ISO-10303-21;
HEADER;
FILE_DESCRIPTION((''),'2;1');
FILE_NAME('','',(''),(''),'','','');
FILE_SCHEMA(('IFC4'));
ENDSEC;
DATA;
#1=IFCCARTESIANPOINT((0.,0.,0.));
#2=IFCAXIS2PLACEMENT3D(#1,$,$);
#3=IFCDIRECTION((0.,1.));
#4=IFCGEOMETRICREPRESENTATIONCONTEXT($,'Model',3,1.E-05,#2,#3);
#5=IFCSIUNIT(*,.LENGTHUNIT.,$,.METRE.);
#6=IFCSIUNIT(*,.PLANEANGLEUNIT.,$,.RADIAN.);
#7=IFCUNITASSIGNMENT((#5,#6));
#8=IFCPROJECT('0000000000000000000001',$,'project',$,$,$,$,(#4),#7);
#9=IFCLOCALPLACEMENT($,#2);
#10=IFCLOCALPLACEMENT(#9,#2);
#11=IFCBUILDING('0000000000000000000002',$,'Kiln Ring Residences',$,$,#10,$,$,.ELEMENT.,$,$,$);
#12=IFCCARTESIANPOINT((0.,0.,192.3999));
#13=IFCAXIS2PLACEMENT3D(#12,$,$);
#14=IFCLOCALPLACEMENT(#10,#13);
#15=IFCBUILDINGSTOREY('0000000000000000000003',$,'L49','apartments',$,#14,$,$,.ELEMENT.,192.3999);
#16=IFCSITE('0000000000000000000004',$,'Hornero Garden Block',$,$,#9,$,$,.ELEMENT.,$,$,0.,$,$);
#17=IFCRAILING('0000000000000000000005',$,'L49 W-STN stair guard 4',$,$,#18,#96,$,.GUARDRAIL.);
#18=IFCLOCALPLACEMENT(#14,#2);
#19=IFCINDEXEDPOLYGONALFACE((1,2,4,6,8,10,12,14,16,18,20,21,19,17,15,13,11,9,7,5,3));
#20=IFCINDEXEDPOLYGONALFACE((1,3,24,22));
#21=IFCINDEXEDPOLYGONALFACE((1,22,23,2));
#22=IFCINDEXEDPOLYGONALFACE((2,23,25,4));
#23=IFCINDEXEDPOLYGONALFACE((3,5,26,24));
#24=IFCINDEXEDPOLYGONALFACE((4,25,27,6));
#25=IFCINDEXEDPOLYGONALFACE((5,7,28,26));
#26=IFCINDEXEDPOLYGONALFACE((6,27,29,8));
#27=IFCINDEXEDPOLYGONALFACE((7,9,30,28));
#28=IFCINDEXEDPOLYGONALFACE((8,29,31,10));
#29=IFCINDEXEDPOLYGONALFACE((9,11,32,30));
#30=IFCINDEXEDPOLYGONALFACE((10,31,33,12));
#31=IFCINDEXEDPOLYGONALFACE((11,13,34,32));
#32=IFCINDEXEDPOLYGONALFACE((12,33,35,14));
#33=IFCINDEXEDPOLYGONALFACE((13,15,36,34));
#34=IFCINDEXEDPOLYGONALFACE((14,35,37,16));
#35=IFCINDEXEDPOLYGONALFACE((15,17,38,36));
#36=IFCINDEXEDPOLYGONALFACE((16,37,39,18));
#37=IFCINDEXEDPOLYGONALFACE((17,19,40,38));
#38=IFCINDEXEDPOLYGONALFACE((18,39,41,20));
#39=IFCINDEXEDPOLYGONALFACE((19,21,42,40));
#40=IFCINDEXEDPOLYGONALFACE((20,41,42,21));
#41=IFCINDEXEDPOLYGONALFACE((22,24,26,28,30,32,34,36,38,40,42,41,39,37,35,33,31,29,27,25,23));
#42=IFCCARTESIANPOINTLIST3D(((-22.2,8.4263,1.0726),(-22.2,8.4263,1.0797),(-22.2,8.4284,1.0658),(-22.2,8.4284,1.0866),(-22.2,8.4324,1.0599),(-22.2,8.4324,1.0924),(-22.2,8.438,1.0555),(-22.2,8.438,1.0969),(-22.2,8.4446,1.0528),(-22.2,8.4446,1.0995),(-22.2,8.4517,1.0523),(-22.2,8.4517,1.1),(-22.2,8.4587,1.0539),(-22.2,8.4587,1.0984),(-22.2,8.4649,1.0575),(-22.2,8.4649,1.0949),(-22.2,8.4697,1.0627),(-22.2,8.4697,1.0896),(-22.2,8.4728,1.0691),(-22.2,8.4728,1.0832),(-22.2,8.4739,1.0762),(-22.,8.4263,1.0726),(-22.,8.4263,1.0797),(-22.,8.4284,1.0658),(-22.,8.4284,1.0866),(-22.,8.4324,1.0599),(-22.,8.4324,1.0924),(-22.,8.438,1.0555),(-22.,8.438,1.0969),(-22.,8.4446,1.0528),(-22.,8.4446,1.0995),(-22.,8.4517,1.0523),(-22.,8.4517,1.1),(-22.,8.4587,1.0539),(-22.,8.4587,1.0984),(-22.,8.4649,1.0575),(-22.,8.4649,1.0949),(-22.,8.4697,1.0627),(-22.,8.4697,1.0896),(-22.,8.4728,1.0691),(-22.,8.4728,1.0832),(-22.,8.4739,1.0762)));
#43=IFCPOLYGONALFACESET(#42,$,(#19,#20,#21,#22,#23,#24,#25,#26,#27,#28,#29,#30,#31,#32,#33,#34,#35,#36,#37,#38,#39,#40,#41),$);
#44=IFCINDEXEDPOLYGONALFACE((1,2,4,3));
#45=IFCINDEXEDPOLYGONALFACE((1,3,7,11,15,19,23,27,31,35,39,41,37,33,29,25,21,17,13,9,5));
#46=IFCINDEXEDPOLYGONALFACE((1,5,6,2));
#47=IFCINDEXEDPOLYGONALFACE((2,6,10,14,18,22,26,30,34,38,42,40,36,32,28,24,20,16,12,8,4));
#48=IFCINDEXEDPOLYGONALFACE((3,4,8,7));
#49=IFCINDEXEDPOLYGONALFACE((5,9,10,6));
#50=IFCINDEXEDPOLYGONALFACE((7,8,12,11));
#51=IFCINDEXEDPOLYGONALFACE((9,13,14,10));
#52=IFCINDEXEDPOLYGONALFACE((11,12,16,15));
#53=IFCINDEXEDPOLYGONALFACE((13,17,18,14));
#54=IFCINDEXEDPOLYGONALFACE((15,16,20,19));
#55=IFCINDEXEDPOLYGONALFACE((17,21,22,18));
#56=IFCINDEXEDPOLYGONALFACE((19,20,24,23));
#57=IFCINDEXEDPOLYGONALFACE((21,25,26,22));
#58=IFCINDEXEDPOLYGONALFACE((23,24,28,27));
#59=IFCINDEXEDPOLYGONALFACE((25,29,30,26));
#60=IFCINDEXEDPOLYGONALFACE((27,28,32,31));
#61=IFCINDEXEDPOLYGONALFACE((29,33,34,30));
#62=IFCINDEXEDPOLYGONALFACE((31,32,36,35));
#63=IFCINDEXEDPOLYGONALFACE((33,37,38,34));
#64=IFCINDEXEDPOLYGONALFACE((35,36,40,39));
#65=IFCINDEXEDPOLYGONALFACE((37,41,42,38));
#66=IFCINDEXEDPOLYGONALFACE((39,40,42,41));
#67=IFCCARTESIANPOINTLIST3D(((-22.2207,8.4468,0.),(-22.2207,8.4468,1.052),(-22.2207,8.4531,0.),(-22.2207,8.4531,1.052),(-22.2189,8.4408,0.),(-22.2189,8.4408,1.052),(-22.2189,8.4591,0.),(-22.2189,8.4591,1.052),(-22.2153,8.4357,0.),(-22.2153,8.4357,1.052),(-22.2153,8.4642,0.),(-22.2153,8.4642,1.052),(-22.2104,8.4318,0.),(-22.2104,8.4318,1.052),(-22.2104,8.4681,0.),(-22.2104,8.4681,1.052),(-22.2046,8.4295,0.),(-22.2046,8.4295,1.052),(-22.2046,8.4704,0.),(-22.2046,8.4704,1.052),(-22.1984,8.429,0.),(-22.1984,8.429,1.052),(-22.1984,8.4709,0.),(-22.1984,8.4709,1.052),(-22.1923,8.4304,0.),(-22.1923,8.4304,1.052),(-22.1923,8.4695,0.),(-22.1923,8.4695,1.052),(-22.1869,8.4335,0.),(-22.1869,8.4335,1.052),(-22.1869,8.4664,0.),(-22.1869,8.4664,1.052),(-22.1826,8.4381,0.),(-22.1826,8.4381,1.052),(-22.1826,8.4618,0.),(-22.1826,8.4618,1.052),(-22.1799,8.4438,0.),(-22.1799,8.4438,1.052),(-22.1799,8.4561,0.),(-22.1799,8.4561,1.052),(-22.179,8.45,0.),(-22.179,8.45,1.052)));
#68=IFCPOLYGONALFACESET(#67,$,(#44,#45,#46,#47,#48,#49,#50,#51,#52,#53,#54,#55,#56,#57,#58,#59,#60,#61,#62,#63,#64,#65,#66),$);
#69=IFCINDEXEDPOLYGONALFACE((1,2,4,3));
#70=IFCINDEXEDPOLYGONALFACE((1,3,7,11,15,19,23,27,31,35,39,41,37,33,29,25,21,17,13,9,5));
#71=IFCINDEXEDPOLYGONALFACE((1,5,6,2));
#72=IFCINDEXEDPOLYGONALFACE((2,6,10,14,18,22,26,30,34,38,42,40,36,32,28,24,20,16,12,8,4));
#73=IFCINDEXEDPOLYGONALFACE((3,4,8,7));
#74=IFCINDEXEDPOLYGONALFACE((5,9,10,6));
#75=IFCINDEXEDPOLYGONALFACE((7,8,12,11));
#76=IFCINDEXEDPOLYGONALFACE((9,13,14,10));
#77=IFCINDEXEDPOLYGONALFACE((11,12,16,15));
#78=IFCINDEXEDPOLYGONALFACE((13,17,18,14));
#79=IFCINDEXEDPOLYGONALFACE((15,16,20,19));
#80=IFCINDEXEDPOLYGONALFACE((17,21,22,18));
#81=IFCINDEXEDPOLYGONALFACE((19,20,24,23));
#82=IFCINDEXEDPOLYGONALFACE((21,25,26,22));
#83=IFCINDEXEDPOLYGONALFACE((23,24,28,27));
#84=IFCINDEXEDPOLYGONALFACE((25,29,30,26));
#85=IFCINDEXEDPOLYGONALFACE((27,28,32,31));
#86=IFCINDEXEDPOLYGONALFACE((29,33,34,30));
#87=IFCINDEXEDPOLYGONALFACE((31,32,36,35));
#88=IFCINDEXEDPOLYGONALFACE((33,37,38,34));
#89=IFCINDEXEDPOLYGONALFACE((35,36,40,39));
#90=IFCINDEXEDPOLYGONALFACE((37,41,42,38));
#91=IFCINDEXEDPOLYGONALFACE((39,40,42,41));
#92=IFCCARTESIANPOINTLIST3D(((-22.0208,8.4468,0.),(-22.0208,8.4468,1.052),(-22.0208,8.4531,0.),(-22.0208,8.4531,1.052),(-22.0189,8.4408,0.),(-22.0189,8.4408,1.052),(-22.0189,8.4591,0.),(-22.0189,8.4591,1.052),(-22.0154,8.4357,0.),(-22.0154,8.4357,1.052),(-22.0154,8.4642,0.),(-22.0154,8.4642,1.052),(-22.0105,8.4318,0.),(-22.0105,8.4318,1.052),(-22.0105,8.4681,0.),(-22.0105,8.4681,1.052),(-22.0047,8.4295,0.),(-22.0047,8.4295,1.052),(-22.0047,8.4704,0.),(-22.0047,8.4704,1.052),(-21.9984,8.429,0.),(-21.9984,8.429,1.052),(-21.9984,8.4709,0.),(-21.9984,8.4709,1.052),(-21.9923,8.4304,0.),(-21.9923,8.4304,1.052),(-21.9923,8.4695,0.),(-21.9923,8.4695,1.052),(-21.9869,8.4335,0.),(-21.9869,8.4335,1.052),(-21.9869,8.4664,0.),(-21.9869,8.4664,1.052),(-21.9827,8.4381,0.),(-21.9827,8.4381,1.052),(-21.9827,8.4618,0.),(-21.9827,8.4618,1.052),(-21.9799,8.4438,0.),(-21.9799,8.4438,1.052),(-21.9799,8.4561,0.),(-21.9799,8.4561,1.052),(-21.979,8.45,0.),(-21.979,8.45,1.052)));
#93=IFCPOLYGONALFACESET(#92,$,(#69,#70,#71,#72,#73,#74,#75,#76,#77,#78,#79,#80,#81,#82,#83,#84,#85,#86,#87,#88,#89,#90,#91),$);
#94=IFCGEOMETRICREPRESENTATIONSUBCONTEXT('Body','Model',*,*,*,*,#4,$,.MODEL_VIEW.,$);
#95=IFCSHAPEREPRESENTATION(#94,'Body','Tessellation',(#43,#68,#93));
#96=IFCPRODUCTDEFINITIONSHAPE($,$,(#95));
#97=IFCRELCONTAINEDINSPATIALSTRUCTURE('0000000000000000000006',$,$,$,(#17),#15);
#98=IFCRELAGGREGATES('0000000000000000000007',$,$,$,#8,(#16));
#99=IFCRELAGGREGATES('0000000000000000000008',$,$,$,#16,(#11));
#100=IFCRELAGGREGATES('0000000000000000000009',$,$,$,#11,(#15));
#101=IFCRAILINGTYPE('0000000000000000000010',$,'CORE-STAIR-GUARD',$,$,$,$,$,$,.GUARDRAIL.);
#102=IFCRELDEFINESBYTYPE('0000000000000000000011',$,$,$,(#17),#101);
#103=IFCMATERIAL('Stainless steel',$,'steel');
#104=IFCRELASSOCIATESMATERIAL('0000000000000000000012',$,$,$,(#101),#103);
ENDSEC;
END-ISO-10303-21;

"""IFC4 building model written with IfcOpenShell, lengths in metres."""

from ifc_helpers import new_model, si_unit, direction, frame, origin, origin_2d, place, context, subcontext, project, spatial, circle, extrude, material, type_object, element, save


model = new_model("IFC4")

# Units and contexts
model_context = context("Model", 3, precision=1e-05, world=origin(), true_north=direction((0.0, 1.0)))
body_context = subcontext(model_context, "Body", "Model", "MODEL_VIEW")
ifc_project = project(units=[si_unit("LENGTHUNIT", "METRE"), si_unit("PLANEANGLEUNIT", "RADIAN")], contexts=[model_context])

# Site, building, storey
site_placement = place(None, origin())
site = spatial("IfcSite", under=ifc_project, at=site_placement, Name="Hornero Garden Block", CompositionType="ELEMENT", RefElevation=0.0)
building_placement = place(site_placement, origin())
building = spatial("IfcBuilding", under=site, at=building_placement, Name="Kiln Ring Residences", CompositionType="ELEMENT")
storey_placement = place(building_placement, frame((0.0, 0.0, 192.3999)))
storey = spatial("IfcBuildingStorey", under=building, at=storey_placement, Name="L49", Description="apartments", CompositionType="ELEMENT", Elevation=192.3999)

# Railing
ifc_material_1 = material(Name="Stainless steel", Category="steel")
railing_type_1 = type_object("IfcRailingType", Name="CORE-STAIR-GUARD", PredefinedType="GUARDRAIL", material=ifc_material_1)
railing_1_placement = place(storey_placement, frame((-22.2, 8.45, 0.0)))
element("IfcRailing", 1, at=railing_1_placement, inside=storey, type_object=railing_type_1, Name="L49 W-STN stair guard 4", PredefinedType="GUARDRAIL", context=body_context, shape_type="SweptSolid", body=[
    extrude(circle(Radius=0.0239, at=origin_2d()), frame((0.0, 0.0, 1.0762), z_axis=(1.0, 0.0, 0.0), x_axis=(0.0, 1.0, 0.0)), (0.0, 0.0, 1.0), 0.2),
    extrude(circle(Radius=0.021, at=origin_2d()), origin(), (0.0, 0.0, 1.0), 1.052),
    extrude(circle(Radius=0.021, at=origin_2d()), frame((0.2, 0.0, 0.0)), (0.0, 0.0, 1.0), 1.052),
])

save(model, "model.ifc")
